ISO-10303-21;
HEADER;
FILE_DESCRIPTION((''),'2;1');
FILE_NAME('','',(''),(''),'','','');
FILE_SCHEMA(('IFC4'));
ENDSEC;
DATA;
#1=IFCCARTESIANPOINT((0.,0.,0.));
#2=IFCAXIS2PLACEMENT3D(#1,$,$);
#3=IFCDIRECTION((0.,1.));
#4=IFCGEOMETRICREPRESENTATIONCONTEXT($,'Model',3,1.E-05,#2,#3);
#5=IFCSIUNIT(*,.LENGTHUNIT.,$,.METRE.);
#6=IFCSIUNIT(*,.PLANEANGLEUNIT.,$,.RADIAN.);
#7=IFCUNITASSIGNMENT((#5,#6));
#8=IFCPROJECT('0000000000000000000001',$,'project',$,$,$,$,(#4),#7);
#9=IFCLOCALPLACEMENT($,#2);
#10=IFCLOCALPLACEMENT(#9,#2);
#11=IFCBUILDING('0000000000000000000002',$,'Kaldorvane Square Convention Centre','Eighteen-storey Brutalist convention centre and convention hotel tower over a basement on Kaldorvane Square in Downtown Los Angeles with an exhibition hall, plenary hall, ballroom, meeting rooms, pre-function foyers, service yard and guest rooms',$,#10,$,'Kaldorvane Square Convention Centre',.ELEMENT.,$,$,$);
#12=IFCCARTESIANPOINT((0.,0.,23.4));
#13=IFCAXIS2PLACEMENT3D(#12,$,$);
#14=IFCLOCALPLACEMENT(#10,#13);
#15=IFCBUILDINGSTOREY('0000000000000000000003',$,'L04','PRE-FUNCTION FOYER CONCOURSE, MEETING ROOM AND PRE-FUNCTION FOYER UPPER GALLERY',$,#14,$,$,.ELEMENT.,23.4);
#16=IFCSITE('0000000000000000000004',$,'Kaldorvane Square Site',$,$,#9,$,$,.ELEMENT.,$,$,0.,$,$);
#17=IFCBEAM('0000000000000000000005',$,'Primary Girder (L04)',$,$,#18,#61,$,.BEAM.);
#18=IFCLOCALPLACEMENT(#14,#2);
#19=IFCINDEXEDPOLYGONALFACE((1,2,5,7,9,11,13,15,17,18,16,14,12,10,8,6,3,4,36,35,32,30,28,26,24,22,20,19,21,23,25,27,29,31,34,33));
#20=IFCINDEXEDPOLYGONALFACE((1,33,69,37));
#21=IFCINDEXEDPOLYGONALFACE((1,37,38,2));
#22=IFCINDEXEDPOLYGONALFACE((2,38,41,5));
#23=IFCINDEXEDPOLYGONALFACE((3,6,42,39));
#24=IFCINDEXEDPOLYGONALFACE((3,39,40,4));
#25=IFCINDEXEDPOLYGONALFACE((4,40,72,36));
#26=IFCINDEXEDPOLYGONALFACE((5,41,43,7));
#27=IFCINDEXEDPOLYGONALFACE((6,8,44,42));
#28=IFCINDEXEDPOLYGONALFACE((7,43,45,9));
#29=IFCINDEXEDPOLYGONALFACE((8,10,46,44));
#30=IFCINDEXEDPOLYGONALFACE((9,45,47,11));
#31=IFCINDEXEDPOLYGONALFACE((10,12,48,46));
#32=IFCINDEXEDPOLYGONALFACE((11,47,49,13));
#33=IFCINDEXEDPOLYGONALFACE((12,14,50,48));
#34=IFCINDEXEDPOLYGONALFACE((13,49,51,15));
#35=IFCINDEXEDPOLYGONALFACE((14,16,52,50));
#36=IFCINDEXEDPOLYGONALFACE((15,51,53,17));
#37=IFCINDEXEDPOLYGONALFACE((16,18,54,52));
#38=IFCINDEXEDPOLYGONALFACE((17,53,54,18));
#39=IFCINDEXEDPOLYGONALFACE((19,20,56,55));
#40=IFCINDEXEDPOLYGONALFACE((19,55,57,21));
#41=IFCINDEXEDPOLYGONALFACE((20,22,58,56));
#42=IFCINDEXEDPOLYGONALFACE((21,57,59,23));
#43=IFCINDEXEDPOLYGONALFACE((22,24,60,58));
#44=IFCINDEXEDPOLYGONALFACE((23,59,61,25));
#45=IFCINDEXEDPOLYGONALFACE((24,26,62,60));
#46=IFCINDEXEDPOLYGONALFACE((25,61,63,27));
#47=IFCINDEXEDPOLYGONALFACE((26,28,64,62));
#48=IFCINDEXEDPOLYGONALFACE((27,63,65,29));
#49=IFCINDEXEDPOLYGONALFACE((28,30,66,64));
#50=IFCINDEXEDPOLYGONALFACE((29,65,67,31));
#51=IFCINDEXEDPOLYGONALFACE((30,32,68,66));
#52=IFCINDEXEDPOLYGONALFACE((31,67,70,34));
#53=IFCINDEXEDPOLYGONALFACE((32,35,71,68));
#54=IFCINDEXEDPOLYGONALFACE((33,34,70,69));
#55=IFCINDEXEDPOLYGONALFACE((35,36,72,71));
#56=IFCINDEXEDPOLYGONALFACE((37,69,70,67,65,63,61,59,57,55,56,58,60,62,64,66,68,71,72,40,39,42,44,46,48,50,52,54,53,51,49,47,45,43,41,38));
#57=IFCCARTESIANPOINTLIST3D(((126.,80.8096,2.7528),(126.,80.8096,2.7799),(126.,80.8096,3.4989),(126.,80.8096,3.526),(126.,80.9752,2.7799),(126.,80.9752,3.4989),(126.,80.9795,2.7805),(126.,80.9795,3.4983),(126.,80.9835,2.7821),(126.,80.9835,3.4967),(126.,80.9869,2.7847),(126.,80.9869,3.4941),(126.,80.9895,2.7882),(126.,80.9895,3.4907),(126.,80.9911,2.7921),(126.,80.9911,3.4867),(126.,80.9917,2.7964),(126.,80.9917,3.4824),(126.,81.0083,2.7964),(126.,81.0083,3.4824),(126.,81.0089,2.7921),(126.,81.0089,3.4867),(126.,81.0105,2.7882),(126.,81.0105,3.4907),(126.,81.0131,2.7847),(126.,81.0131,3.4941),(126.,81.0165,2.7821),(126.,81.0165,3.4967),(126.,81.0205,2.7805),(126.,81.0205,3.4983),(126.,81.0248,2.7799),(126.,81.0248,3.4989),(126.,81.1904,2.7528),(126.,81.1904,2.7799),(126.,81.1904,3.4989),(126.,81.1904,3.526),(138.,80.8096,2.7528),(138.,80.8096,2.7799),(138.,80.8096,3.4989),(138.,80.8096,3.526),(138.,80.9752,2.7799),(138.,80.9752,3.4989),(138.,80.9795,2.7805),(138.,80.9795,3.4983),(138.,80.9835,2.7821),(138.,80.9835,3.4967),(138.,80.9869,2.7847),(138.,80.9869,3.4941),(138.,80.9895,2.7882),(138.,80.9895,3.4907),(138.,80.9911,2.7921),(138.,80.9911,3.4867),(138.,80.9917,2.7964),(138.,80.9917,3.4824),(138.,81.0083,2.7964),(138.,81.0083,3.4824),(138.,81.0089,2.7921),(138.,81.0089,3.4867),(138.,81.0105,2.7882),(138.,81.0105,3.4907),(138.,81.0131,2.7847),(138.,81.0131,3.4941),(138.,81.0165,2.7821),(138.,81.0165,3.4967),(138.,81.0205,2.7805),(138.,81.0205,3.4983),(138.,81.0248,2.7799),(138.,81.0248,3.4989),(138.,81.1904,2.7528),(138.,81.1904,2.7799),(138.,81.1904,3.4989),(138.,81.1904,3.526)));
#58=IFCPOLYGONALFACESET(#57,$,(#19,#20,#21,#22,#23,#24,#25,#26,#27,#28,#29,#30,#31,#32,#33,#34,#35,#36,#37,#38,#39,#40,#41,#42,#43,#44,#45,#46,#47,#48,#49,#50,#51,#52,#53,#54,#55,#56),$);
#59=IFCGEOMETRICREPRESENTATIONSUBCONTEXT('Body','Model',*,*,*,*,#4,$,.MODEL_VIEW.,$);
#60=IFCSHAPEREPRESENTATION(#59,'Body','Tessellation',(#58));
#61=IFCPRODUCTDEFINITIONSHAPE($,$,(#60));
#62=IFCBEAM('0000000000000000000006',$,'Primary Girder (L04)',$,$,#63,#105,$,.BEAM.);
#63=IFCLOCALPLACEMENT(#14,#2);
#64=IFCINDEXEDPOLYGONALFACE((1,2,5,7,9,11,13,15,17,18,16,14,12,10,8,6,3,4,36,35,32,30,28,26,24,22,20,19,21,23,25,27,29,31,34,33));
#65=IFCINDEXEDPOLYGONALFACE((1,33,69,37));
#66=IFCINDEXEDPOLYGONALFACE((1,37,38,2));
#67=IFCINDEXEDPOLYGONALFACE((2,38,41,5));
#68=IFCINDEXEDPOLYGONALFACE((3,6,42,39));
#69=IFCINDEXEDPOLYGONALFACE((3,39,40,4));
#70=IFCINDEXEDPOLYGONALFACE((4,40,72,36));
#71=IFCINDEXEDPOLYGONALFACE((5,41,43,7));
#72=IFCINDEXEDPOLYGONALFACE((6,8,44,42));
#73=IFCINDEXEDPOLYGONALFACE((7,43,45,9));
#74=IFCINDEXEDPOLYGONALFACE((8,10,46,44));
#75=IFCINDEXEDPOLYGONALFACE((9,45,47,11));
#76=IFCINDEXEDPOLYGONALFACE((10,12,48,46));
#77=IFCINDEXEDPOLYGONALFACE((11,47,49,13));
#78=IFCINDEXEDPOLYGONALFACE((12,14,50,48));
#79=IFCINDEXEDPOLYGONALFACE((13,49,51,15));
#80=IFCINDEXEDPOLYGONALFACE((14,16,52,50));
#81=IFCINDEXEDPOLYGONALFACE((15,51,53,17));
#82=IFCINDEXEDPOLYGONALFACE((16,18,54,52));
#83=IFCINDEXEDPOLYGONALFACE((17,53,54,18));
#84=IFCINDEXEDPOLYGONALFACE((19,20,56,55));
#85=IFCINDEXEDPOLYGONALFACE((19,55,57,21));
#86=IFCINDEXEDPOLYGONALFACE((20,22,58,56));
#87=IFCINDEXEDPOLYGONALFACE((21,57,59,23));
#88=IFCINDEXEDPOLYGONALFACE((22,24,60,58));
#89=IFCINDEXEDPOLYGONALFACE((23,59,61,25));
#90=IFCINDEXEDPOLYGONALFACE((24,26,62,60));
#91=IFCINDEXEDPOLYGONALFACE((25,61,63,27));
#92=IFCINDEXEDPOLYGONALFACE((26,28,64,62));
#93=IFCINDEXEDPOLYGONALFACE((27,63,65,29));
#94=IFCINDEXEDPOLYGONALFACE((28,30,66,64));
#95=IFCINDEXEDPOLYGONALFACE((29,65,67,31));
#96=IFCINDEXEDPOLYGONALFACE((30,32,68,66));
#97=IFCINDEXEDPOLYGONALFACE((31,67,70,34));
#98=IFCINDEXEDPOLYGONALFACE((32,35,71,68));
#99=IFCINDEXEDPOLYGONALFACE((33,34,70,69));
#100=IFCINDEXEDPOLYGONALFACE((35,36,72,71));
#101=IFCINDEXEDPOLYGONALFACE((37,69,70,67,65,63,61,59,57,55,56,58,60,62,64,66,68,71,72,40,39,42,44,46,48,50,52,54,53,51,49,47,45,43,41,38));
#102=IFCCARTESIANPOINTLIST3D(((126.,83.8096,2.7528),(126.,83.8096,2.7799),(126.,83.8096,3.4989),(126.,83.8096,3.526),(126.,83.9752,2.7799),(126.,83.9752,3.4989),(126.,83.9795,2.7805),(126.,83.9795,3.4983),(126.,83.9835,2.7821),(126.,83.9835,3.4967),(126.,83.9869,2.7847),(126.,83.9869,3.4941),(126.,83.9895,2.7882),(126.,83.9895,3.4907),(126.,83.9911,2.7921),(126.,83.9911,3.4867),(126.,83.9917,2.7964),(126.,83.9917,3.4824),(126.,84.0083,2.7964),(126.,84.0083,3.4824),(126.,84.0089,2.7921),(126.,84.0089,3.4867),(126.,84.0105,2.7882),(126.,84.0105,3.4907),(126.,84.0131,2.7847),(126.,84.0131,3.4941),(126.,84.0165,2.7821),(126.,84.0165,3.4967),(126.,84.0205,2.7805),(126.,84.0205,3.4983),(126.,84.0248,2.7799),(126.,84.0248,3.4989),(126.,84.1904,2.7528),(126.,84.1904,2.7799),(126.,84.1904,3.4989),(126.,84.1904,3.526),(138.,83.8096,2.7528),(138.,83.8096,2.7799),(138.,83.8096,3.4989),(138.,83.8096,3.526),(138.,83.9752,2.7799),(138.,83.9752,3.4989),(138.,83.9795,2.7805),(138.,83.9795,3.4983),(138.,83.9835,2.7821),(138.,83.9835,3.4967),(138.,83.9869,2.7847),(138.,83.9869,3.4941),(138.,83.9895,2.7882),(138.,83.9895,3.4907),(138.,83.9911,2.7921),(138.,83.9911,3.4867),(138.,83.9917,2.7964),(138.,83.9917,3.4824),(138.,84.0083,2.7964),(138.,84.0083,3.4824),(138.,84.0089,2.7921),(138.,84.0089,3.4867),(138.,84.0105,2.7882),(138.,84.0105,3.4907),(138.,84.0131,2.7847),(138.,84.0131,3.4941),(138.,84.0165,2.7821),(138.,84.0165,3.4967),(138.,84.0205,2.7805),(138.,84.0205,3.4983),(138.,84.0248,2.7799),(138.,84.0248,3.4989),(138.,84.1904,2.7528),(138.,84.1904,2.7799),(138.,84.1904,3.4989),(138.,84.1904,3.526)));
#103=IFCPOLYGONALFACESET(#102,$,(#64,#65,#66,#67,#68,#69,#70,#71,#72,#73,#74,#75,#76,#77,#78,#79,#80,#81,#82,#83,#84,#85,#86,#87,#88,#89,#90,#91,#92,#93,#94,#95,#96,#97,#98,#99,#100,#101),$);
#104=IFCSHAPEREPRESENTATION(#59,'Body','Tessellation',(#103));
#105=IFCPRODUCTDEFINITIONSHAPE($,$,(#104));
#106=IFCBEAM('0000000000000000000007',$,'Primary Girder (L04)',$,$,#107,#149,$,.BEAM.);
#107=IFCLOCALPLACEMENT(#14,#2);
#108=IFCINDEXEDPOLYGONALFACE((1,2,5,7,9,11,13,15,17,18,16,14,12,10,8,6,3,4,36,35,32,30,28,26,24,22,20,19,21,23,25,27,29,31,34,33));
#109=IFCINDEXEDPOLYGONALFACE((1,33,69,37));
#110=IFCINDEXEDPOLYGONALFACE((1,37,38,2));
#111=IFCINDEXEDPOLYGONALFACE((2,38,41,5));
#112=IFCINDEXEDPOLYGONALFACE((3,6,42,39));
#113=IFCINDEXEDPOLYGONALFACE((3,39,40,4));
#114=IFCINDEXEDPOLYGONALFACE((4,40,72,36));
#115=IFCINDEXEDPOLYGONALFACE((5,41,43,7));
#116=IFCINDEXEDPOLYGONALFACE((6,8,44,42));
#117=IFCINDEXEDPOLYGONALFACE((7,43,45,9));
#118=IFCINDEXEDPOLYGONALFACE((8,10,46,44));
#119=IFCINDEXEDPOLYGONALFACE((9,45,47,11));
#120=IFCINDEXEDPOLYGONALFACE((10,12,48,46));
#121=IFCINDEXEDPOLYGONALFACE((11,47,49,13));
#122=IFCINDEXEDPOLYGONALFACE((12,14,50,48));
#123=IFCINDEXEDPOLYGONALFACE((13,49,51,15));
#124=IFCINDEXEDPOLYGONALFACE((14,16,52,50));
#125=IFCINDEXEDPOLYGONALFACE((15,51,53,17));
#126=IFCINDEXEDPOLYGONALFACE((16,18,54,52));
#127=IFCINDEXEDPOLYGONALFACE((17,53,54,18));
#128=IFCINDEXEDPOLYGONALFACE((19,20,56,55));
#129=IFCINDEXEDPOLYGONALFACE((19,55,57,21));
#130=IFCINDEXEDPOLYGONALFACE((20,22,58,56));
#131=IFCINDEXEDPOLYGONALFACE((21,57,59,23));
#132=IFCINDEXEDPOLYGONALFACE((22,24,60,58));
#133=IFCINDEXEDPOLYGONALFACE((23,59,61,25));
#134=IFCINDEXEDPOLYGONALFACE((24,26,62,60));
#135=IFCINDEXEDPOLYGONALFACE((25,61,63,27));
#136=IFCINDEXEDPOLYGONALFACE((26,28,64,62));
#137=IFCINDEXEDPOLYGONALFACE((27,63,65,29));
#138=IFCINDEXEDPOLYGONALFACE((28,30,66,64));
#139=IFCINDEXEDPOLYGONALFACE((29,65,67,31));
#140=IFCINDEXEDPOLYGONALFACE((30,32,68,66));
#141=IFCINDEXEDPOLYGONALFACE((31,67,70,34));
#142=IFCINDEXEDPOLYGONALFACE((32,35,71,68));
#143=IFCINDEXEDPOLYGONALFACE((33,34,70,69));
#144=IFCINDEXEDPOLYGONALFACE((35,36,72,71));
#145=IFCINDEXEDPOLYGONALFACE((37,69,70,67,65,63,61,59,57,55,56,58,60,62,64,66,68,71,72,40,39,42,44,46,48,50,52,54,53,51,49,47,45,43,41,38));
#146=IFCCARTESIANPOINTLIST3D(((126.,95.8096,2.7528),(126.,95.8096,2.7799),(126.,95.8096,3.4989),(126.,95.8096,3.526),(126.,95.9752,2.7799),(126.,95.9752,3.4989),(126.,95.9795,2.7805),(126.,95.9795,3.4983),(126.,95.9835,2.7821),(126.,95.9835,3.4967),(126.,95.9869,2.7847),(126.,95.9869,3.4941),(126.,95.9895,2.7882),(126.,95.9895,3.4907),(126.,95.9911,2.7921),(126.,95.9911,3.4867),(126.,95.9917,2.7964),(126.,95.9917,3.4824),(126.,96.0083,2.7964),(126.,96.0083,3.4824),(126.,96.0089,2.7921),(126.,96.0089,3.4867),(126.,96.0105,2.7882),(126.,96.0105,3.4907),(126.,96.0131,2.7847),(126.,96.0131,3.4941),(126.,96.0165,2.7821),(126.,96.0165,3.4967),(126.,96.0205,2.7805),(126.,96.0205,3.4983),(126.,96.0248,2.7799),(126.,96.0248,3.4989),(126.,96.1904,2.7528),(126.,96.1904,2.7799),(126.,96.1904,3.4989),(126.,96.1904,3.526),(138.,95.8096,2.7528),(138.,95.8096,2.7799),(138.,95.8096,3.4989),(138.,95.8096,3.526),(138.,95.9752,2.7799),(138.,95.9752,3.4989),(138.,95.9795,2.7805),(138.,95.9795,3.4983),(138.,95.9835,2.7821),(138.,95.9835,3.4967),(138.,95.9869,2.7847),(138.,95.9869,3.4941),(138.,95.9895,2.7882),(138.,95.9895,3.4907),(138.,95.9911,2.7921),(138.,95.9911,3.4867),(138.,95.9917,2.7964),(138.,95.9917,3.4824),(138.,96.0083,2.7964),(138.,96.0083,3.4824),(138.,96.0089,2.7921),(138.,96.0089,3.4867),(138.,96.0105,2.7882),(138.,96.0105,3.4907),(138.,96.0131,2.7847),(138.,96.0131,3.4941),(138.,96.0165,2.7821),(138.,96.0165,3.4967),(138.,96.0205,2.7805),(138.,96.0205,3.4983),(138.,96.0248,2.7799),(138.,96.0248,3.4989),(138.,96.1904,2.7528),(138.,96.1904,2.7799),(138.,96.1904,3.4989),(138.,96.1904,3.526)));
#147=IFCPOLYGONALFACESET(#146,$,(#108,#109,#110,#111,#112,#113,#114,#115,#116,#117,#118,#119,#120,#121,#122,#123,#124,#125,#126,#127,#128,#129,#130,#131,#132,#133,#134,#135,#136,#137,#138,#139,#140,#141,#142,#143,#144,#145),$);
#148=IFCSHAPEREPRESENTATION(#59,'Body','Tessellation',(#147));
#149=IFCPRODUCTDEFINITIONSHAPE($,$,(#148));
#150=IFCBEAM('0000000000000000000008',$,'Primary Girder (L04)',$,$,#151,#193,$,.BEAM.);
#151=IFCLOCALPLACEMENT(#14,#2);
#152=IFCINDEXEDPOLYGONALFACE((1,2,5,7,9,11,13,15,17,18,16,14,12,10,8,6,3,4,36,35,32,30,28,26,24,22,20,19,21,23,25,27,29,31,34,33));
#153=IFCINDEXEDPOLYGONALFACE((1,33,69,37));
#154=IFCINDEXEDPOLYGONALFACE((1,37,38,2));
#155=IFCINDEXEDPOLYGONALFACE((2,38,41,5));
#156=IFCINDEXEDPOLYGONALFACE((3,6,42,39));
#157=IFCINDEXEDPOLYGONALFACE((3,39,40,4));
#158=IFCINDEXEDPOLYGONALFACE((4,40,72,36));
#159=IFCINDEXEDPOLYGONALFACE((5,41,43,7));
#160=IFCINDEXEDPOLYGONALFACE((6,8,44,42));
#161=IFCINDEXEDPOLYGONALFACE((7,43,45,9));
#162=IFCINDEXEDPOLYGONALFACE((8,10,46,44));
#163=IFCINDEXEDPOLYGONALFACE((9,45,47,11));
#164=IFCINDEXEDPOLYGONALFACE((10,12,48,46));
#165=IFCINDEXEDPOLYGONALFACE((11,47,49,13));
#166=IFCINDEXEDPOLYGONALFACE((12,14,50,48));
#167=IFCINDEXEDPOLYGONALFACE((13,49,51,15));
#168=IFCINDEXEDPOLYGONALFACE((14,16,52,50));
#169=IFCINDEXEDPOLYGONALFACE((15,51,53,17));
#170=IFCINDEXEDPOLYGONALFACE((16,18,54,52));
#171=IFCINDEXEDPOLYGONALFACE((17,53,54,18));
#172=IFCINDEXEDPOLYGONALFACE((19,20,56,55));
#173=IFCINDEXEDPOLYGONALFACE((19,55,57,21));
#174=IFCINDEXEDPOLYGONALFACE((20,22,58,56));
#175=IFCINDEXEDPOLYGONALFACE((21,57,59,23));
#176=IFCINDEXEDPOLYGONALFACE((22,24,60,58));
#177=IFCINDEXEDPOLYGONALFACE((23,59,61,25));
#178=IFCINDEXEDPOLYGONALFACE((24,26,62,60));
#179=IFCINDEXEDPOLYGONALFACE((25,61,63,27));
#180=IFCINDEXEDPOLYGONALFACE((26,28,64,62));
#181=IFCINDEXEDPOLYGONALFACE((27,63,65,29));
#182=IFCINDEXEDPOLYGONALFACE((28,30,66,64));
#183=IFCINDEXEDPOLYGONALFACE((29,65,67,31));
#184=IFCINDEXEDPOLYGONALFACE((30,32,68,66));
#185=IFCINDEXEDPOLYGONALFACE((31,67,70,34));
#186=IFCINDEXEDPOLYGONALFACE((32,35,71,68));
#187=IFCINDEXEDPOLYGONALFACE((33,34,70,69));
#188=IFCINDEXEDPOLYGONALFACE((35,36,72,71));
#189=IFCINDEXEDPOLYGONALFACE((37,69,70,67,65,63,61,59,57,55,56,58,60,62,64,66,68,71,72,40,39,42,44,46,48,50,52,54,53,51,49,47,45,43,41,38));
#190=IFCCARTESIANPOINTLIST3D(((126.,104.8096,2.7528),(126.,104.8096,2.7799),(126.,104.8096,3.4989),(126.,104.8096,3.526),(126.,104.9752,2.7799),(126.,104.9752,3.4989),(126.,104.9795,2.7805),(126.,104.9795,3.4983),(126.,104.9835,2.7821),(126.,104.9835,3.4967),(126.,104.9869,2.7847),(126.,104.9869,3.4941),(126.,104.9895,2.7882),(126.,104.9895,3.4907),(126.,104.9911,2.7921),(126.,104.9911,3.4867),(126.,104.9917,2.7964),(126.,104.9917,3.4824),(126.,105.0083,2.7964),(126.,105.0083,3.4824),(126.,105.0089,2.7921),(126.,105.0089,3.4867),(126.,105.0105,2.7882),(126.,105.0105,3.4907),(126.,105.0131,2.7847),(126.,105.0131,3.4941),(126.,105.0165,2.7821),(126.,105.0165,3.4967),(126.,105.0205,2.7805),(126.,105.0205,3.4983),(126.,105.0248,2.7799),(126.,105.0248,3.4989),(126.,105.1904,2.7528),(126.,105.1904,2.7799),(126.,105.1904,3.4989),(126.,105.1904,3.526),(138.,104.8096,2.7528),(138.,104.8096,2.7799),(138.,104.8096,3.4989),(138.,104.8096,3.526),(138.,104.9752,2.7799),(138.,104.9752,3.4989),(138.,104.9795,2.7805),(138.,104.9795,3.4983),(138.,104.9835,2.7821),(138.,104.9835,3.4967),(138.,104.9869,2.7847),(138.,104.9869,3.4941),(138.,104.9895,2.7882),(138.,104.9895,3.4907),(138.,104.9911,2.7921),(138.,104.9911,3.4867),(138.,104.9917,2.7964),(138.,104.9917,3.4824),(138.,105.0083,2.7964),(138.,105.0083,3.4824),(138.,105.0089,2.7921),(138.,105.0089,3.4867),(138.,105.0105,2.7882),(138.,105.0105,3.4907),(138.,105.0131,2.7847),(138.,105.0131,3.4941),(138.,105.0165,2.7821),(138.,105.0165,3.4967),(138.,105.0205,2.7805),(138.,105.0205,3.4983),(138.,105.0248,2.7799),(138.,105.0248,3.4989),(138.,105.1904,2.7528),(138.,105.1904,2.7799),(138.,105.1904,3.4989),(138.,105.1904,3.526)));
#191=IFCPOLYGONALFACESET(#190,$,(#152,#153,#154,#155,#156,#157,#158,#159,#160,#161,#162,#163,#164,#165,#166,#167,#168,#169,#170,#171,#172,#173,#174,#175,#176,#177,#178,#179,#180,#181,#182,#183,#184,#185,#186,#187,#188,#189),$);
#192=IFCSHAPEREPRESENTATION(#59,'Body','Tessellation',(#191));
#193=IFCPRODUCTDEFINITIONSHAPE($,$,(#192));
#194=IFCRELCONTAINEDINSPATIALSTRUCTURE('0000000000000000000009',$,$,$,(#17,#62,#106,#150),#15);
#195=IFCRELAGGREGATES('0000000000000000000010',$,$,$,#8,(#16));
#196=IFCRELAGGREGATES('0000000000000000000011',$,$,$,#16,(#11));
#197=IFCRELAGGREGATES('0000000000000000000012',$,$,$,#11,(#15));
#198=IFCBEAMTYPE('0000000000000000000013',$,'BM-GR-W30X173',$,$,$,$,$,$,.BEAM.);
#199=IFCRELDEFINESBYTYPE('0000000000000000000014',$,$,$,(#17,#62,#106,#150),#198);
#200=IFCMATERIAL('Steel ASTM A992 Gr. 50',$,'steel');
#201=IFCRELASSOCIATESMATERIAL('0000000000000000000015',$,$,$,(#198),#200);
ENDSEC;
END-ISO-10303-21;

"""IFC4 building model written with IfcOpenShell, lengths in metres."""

from ifc_helpers import new_model, si_unit, direction, frame, origin, origin_2d, place, context, subcontext, project, spatial, i_section, extrude, material, material_profile, profile_set, type_object, element, save


model = new_model("IFC4")

# Units and contexts
model_context = context("Model", 3, precision=1e-05, world=origin(), true_north=direction((0.0, 1.0)))
body_context = subcontext(model_context, "Body", "Model", "MODEL_VIEW")
ifc_project = project(units=[si_unit("LENGTHUNIT", "METRE"), si_unit("PLANEANGLEUNIT", "RADIAN")], contexts=[model_context])

# Site, building, storey
site_placement = place(None, origin())
site = spatial("IfcSite", under=ifc_project, at=site_placement, Name="Kaldorvane Square Site", CompositionType="ELEMENT", RefElevation=0.0)
building_placement = place(site_placement, origin())
building = spatial("IfcBuilding", under=site, at=building_placement, Name="Kaldorvane Square Convention Centre", Description="Eighteen-storey Brutalist convention centre and convention hotel tower over a basement on Kaldorvane Square in Downtown Los Angeles with an exhibition hall, plenary hall, ballroom, meeting rooms, pre-function foyers, service yard and guest rooms", LongName="Kaldorvane Square Convention Centre", CompositionType="ELEMENT")
storey_placement = place(building_placement, frame((0.0, 0.0, 23.4)))
storey = spatial("IfcBuildingStorey", under=building, at=storey_placement, Name="L04", Description="PRE-FUNCTION FOYER CONCOURSE, MEETING ROOM AND PRE-FUNCTION FOYER UPPER GALLERY", CompositionType="ELEMENT", Elevation=23.4)

# Shared definitions
ifc_material_1 = material(Name="Steel ASTM A992 Gr. 50", Category="steel")

# Beams
ifc_material_profile_1 = material_profile(ifc_material_1, i_section(OverallWidth=0.3807, OverallDepth=0.7732, WebThickness=0.0166, FlangeThickness=0.0271, FilletRadius=0.0165, at=origin_2d()), Name="W30X173")
ifc_profile_set_1 = profile_set([ifc_material_profile_1], Name="Steel ASTM A992 Gr. 50")
beam_type_1 = type_object("IfcBeamType", Name="BM-GR-W30X173", PredefinedType="BEAM", material=ifc_profile_set_1)
for number, where, z_axis, x_axis, name in (
    (1, (126.0, 81.0, 3.1394), (1.0, 0.0, 0.0), (0.0, 1.0, 0.0), "Primary Girder (L04)"),
    (2, (126.0, 84.0, 3.1394), (1.0, 0.0, 0.0), (0.0, 1.0, 0.0), "Primary Girder (L04)"),
    (3, (126.0, 96.0, 3.1394), (1.0, 0.0, 0.0), (0.0, 1.0, 0.0), "Primary Girder (L04)"),
    (4, (126.0, 105.0, 3.1394), (1.0, 0.0, 0.0), (0.0, 1.0, 0.0), "Primary Girder (L04)"),
):
    element("IfcBeam", number, at=place(storey_placement, frame(where, z_axis=z_axis, x_axis=x_axis)), inside=storey, type_object=beam_type_1, Name=name, PredefinedType="BEAM", context=body_context, shape_type="SweptSolid", body=[
        extrude(i_section(OverallWidth=0.3807, OverallDepth=0.7732, WebThickness=0.0166, FlangeThickness=0.0271, FilletRadius=0.0165, at=origin_2d()), origin(), (0.0, 0.0, 1.0), 12.0),
    ])

save(model, "model.ifc")
